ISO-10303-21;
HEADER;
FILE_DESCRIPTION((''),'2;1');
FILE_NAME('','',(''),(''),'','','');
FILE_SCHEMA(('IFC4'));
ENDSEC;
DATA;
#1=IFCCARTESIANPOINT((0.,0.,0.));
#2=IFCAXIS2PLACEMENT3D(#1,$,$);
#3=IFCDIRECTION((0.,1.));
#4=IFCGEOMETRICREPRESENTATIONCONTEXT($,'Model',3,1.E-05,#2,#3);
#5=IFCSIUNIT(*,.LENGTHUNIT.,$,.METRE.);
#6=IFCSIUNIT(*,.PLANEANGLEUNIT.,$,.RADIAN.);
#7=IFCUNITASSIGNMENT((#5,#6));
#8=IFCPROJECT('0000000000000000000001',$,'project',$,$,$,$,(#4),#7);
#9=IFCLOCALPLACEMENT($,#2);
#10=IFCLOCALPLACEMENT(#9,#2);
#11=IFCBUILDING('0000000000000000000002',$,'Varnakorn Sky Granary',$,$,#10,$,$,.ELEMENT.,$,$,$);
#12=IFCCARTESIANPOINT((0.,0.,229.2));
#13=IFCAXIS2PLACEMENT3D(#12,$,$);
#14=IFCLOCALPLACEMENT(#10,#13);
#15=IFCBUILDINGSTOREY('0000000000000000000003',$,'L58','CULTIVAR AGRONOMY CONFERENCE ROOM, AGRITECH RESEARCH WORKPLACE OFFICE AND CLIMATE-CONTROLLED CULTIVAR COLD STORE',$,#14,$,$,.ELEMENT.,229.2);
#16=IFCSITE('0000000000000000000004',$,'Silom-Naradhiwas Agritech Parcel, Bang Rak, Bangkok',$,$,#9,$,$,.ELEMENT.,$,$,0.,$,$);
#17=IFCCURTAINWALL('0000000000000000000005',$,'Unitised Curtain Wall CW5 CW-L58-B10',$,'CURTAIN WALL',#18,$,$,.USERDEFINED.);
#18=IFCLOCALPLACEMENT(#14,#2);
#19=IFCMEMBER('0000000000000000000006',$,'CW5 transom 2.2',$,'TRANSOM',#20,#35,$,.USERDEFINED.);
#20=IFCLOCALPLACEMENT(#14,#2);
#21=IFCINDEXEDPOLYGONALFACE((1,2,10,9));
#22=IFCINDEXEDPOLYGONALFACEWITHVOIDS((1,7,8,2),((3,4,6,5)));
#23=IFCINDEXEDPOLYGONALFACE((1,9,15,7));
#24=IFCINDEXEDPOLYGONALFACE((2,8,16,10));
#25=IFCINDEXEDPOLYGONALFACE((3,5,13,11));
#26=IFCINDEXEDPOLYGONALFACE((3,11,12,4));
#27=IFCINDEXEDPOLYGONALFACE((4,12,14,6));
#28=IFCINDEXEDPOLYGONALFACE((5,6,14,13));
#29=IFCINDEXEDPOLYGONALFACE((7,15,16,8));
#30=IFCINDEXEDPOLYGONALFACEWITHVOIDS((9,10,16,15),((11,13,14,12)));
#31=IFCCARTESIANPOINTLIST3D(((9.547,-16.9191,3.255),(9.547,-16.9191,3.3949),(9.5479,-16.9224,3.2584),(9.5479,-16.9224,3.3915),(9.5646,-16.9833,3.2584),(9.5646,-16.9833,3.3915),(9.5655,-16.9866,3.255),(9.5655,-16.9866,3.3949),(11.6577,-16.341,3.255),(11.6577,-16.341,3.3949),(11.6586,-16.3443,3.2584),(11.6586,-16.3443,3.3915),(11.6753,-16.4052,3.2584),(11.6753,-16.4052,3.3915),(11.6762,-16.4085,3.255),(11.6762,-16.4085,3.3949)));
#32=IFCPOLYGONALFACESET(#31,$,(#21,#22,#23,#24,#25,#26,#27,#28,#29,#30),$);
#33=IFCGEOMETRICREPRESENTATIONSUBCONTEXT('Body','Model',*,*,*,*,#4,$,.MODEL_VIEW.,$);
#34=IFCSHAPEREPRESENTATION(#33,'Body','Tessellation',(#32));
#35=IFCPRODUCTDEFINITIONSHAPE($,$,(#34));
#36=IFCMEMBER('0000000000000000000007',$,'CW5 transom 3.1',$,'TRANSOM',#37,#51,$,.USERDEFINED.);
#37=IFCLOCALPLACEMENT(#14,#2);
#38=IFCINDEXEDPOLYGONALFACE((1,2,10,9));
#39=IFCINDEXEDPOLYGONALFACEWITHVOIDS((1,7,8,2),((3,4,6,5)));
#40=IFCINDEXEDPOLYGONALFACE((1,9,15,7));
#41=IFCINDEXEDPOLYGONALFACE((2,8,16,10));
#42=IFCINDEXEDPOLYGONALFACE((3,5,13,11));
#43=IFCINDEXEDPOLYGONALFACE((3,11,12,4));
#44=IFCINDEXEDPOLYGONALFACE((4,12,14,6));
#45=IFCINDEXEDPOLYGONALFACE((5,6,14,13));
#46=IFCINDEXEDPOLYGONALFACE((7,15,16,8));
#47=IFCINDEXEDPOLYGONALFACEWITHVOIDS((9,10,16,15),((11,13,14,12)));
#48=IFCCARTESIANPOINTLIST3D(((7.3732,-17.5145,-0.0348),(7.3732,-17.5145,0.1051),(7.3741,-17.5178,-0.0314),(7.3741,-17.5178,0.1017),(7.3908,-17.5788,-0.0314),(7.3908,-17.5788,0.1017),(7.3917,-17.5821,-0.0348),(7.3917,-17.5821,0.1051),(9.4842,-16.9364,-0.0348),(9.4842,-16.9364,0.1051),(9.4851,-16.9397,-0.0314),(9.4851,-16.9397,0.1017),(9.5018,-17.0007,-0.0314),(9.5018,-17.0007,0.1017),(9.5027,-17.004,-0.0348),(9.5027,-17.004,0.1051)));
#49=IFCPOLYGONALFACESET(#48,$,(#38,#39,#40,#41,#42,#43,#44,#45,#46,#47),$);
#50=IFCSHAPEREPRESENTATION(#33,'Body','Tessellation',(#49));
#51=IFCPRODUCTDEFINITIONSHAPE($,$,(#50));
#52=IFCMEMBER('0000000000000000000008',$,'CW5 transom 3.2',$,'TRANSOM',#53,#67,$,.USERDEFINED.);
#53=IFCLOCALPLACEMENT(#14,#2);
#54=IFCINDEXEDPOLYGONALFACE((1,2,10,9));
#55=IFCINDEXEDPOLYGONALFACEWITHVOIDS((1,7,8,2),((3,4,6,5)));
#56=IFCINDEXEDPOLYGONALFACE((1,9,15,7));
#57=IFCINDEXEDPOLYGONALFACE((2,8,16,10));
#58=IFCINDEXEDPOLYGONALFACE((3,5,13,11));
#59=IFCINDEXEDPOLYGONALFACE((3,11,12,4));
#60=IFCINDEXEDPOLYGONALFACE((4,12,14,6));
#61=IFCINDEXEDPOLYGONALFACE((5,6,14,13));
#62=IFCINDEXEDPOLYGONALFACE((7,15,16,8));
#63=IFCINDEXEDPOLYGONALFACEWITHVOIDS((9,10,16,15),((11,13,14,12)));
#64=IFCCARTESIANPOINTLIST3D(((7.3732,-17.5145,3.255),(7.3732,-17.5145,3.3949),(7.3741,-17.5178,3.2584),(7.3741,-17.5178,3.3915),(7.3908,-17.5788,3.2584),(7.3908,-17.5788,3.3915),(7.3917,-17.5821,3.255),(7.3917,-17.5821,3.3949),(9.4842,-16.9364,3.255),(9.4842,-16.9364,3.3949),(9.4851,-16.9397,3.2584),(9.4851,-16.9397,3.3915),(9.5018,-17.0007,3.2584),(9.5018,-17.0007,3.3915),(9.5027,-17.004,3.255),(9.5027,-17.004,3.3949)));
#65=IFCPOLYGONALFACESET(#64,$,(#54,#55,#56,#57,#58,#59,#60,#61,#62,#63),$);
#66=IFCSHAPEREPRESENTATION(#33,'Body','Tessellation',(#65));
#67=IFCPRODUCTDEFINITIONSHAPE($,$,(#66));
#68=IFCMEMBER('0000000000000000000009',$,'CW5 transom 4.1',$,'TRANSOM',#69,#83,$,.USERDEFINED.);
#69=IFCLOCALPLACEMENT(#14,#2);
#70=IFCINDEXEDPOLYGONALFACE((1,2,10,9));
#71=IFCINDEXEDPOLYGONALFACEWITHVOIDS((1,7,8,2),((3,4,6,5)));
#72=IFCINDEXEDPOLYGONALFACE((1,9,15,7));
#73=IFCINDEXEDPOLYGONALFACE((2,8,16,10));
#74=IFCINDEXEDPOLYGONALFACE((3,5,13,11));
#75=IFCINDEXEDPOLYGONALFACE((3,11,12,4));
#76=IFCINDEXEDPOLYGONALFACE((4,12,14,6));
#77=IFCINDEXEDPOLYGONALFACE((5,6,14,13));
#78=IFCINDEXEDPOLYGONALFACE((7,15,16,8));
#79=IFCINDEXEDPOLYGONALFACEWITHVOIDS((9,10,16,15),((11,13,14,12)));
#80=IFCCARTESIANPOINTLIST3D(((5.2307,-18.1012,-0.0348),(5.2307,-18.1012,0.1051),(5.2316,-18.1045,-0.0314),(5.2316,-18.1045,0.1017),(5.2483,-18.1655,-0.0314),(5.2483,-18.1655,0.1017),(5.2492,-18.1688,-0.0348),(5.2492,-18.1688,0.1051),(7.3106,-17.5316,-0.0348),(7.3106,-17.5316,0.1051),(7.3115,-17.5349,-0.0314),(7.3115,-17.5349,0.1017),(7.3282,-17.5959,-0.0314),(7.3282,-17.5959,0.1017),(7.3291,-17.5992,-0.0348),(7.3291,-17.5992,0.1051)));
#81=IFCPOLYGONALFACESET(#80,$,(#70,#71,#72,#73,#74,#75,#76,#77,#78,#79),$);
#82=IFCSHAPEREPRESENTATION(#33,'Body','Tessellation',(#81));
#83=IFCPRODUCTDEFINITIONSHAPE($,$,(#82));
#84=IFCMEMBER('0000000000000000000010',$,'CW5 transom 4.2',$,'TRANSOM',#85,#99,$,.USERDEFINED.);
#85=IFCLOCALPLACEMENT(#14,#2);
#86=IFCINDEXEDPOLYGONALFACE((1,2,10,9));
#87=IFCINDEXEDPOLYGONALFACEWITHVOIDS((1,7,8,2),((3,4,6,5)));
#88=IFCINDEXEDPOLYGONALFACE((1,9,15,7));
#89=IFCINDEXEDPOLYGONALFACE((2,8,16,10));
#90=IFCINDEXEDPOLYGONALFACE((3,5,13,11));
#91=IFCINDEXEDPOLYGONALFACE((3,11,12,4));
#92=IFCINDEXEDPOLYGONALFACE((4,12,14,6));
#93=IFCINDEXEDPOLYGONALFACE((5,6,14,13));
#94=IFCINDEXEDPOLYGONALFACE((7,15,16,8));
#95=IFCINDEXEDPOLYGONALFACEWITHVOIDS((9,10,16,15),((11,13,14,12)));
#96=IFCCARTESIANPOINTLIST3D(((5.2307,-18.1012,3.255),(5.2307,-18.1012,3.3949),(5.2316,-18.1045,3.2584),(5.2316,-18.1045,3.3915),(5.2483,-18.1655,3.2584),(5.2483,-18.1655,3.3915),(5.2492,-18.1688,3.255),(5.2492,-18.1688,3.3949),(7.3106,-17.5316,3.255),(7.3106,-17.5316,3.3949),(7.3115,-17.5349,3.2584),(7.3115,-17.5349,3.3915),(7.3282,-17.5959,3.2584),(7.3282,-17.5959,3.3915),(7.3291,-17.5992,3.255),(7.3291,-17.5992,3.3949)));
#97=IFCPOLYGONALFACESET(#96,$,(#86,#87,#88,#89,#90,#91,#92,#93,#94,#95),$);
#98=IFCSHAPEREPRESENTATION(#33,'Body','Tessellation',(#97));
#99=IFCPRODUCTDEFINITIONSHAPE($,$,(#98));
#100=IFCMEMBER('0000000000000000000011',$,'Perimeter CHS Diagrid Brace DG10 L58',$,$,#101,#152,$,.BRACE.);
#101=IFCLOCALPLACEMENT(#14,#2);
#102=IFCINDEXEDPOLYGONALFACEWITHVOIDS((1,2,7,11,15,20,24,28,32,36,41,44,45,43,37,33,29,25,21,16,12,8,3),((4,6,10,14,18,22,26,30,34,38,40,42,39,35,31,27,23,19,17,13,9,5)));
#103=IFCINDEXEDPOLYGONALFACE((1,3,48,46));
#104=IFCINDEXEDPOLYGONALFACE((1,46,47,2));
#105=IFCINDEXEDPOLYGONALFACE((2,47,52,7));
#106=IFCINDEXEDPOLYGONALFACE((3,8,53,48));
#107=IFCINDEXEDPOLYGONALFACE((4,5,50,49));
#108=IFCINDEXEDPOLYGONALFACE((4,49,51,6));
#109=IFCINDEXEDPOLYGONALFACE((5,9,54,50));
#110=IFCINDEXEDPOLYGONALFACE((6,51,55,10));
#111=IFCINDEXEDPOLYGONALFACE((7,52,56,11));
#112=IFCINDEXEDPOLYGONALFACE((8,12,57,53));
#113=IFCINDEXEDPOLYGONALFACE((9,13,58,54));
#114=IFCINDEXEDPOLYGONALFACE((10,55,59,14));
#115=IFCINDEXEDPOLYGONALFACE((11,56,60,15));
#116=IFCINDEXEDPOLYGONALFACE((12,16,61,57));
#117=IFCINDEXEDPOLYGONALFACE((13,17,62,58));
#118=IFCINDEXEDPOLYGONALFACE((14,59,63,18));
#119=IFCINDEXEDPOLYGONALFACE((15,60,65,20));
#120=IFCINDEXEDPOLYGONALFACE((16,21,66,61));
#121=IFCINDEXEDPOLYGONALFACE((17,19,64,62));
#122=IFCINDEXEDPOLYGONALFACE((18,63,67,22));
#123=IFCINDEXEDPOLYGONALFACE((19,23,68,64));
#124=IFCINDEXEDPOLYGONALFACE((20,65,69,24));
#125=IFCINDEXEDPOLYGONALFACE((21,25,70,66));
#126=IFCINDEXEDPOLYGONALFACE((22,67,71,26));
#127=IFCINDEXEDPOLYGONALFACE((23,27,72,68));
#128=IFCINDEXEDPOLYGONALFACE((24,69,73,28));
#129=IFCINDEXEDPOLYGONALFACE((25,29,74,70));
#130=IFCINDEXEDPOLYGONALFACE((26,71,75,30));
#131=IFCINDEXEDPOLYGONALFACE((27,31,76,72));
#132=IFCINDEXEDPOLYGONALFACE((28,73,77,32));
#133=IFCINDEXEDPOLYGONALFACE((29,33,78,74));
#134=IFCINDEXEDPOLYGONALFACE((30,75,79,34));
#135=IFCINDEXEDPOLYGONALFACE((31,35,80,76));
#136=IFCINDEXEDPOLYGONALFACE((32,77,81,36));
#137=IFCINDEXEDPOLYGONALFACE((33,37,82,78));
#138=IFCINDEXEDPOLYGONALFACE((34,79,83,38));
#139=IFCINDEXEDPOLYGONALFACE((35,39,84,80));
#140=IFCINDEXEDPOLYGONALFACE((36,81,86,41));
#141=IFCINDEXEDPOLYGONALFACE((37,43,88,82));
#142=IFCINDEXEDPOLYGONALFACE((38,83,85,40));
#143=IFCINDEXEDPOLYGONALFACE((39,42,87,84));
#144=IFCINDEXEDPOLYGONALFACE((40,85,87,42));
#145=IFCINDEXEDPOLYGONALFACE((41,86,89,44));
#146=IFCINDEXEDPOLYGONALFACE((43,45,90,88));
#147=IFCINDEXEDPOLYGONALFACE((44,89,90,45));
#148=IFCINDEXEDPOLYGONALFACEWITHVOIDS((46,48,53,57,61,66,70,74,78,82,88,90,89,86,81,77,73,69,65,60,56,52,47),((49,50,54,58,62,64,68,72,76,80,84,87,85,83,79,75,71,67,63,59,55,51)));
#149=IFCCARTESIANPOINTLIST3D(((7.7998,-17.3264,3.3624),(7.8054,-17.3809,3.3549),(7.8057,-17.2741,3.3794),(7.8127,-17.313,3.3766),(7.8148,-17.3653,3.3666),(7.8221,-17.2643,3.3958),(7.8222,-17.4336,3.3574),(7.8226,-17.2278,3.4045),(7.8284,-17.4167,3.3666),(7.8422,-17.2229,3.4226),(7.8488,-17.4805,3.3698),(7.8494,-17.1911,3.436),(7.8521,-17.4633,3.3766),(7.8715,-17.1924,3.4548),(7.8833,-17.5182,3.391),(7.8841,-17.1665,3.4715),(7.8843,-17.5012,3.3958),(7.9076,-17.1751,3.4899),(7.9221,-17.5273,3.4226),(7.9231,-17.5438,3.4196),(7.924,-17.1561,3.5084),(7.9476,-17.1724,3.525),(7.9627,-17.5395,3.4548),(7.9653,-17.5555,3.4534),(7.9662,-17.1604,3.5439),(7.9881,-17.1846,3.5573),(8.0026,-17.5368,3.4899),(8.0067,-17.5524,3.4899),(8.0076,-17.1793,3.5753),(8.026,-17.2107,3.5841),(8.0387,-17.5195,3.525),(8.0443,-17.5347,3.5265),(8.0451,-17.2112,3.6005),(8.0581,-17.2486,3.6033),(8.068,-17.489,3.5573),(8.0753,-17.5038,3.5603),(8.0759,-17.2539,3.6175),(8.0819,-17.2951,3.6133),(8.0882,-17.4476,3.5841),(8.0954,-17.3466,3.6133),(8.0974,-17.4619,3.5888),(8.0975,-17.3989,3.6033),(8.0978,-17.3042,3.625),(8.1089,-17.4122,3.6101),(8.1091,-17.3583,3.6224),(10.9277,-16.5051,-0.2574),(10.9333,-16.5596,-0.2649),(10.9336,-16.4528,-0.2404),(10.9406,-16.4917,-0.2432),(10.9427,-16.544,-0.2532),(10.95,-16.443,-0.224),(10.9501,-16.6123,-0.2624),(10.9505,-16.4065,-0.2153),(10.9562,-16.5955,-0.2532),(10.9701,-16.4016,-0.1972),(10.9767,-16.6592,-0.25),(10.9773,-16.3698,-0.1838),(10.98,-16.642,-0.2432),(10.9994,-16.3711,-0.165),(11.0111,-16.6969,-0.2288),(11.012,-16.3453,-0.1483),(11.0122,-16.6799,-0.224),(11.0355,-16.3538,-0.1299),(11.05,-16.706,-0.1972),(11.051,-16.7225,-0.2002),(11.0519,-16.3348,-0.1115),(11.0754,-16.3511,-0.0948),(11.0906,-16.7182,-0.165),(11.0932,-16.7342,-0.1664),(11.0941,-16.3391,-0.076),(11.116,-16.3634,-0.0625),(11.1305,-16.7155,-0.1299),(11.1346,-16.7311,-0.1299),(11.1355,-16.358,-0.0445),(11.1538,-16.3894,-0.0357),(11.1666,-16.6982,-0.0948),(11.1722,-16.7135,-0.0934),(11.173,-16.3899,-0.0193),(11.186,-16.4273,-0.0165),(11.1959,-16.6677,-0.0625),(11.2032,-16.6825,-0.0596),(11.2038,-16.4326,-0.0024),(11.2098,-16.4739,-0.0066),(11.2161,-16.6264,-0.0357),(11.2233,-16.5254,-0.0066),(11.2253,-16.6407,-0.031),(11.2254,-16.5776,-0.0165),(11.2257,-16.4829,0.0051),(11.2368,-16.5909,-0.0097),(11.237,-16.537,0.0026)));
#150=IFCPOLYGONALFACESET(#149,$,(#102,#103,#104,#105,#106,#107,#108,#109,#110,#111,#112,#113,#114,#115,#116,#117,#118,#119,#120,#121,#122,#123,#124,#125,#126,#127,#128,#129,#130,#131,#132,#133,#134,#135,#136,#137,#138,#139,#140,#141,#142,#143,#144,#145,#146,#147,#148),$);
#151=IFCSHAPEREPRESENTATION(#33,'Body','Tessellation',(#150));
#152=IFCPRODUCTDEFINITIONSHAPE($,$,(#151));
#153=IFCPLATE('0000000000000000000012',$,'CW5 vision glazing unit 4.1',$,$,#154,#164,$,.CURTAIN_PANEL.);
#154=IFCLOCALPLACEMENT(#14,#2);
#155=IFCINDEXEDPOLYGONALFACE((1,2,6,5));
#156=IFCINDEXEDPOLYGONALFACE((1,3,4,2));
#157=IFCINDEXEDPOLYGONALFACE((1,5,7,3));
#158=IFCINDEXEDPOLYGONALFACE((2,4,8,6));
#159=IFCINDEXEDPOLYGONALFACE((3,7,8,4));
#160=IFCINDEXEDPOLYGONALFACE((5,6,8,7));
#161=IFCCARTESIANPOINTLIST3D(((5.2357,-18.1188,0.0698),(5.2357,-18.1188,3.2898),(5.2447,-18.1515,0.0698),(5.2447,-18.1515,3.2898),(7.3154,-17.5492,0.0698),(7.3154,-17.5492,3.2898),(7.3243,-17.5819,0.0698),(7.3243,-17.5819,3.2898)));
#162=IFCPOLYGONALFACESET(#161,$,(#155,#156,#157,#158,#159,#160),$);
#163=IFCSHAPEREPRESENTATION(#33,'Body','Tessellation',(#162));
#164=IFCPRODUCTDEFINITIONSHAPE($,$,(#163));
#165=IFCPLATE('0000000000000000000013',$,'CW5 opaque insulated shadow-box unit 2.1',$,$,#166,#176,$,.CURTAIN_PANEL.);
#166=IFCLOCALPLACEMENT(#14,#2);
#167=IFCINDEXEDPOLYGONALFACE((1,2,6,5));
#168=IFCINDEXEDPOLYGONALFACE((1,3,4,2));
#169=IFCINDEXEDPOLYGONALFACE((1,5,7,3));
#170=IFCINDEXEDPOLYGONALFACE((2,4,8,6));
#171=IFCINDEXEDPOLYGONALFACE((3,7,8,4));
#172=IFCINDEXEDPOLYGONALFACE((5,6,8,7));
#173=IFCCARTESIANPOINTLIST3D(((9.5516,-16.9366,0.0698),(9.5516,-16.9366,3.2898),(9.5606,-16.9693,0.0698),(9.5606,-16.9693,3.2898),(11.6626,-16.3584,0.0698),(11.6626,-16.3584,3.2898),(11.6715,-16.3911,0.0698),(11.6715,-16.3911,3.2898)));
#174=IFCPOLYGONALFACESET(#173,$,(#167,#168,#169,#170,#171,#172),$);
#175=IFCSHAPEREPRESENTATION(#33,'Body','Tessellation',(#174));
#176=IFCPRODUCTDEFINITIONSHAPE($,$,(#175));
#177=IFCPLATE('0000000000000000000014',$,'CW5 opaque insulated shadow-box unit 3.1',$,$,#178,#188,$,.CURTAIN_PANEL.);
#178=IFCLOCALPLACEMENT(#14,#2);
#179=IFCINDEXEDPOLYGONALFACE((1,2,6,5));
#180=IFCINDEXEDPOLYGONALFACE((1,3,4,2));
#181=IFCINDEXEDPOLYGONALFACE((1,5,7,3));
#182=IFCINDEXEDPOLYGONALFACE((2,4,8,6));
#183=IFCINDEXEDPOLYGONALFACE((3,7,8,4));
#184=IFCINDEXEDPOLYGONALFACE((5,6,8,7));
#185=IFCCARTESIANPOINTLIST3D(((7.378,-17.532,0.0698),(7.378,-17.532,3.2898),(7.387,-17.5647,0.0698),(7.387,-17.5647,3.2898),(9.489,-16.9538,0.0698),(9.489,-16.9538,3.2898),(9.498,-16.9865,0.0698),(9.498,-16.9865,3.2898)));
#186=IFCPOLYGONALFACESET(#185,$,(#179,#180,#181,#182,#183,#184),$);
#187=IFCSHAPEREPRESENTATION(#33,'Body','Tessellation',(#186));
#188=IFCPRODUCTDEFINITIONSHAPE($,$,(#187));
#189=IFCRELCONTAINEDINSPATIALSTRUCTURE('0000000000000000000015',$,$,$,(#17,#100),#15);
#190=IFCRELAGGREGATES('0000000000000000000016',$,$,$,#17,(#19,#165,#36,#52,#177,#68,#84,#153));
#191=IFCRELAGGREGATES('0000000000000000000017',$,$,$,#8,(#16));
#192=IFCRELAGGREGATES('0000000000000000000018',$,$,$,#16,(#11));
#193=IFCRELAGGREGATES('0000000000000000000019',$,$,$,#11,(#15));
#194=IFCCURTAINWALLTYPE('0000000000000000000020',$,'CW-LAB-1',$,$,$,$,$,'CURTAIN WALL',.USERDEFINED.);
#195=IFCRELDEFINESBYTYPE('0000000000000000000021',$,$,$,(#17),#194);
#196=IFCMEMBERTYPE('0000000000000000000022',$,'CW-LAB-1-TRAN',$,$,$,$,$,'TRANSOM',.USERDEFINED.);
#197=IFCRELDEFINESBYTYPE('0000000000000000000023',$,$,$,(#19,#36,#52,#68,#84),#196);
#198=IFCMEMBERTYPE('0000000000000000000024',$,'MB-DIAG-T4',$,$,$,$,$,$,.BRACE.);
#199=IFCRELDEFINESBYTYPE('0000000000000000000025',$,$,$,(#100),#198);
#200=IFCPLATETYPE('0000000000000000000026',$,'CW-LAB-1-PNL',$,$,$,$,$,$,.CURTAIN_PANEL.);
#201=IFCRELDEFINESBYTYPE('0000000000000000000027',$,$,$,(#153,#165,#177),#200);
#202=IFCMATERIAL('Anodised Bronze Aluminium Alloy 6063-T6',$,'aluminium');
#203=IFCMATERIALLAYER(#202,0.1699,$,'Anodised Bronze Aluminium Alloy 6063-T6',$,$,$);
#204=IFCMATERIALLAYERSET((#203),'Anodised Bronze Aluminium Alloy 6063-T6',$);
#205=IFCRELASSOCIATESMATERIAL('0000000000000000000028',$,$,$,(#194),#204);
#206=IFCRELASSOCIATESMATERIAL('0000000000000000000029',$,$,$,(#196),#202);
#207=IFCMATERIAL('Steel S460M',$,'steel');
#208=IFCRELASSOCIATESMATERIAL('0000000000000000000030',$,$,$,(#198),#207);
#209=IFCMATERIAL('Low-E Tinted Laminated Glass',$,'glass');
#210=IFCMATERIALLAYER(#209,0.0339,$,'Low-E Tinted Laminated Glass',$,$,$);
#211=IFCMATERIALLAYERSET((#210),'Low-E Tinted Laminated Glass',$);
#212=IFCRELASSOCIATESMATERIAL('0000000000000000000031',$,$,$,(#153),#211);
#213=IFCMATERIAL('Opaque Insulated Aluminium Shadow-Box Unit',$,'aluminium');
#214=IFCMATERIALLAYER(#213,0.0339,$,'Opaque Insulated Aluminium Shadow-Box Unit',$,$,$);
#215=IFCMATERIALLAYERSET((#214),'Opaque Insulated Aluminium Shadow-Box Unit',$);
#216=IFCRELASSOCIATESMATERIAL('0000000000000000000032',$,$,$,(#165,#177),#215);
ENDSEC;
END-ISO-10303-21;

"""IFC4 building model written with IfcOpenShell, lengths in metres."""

from ifc_helpers import new_model, si_unit, direction, frame, origin, origin_2d, place, context, subcontext, project, spatial, rectangle, hollow_rectangle, hollow_circle, extrude, source, transform, mapped, material, layer, layer_set, material_profile, profile_set, type_object, type_shapes, element, aggregate, save


model = new_model("IFC4")

# Units and contexts
model_context = context("Model", 3, precision=1e-05, world=origin(), true_north=direction((0.0, 1.0)))
body_context = subcontext(model_context, "Body", "Model", "MODEL_VIEW")
ifc_project = project(units=[si_unit("LENGTHUNIT", "METRE"), si_unit("PLANEANGLEUNIT", "RADIAN")], contexts=[model_context])

# Site, building, storey
site_placement = place(None, origin())
site = spatial("IfcSite", under=ifc_project, at=site_placement, Name="Silom-Naradhiwas Agritech Parcel, Bang Rak, Bangkok", CompositionType="ELEMENT", RefElevation=0.0)
building_placement = place(site_placement, origin())
building = spatial("IfcBuilding", under=site, at=building_placement, Name="Varnakorn Sky Granary", CompositionType="ELEMENT")
storey_placement = place(building_placement, frame((0.0, 0.0, 229.2)))
storey = spatial("IfcBuildingStorey", under=building, at=storey_placement, Name="L58", Description="CULTIVAR AGRONOMY CONFERENCE ROOM, AGRITECH RESEARCH WORKPLACE OFFICE AND CLIMATE-CONTROLLED CULTIVAR COLD STORE", CompositionType="ELEMENT", Elevation=229.2)

# Shared definitions
ifc_material_1 = material(Name="Steel S460M", Category="steel")

# Curtain wall, members
ifc_material_2 = material(Name="Anodised Bronze Aluminium Alloy 6063-T6", Category="aluminium")
ifc_layer_1 = layer(ifc_material_2, 0.1699, Name="Anodised Bronze Aluminium Alloy 6063-T6")
ifc_layer_set_1 = layer_set([ifc_layer_1], Name="Anodised Bronze Aluminium Alloy 6063-T6")
curtain_wall_type = type_object("IfcCurtainWallType", Name="CW-LAB-1", ElementType="CURTAIN WALL", PredefinedType="USERDEFINED", material=ifc_layer_set_1)
curtain_wall_placement = place(storey_placement, origin())
curtain_wall = element("IfcCurtainWall", 1, at=curtain_wall_placement, inside=storey, type_object=curtain_wall_type, Name="Unitised Curtain Wall CW5 CW-L58-B10", ObjectType="CURTAIN WALL", PredefinedType="USERDEFINED")
ifc_material_profile_1 = material_profile(ifc_material_2, hollow_rectangle(XDim=0.0701, YDim=0.1399, WallThickness=0.0034, at=origin_2d()), Name="ALU TRAN 70x140")
ifc_profile_set_1 = profile_set([ifc_material_profile_1], Name="Anodised Bronze Aluminium Alloy 6063-T6")
member_type_1 = type_object("IfcMemberType", Name="CW-LAB-1-TRAN", ElementType="TRANSOM", PredefinedType="USERDEFINED", material=ifc_profile_set_1)
member_1_placement = place(storey_placement, frame((11.667, -16.3748, 3.325), z_axis=(-0.96448, -0.264156, 0.0), x_axis=(0.264156, -0.96448, 0.0)))
member_1 = element("IfcMember", 2, at=member_1_placement, type_object=member_type_1, Name="CW5 transom 2.2", ObjectType="TRANSOM", PredefinedType="USERDEFINED", context=body_context, shape_type="SweptSolid", body=[
    extrude(hollow_rectangle(XDim=0.0701, YDim=0.1399, WallThickness=0.0034, at=origin_2d()), origin(), (0.0, 0.0, 1.0), 2.1885),
])
member_2_placement = place(storey_placement, frame((9.4934, -16.9702, 0.0352), z_axis=(-0.964488, -0.264127, 0.0), x_axis=(0.264127, -0.964488, 0.0)))
member_2 = element("IfcMember", 3, at=member_2_placement, type_object=member_type_1, Name="CW5 transom 3.1", ObjectType="TRANSOM", PredefinedType="USERDEFINED", context=body_context, shape_type="SweptSolid", body=[
    extrude(hollow_rectangle(XDim=0.0701, YDim=0.1399, WallThickness=0.0034, at=origin_2d()), origin(), (0.0, 0.0, 1.0), 2.1887),
])
member_3_placement = place(storey_placement, frame((9.4934, -16.9702, 3.325), z_axis=(-0.964488, -0.264127, 0.0), x_axis=(0.264127, -0.964488, 0.0)))
member_3 = element("IfcMember", 4, at=member_3_placement, type_object=member_type_1, Name="CW5 transom 3.2", ObjectType="TRANSOM", PredefinedType="USERDEFINED", context=body_context, shape_type="SweptSolid", body=[
    extrude(hollow_rectangle(XDim=0.0701, YDim=0.1399, WallThickness=0.0034, at=origin_2d()), origin(), (0.0, 0.0, 1.0), 2.1887),
])
member_4_placement = place(storey_placement, frame((7.3198, -17.5654, 0.0352), z_axis=(-0.964486, -0.264133, 0.0), x_axis=(0.264133, -0.964486, 0.0)))
member_4 = element("IfcMember", 5, at=member_4_placement, type_object=member_type_1, Name="CW5 transom 4.1", ObjectType="TRANSOM", PredefinedType="USERDEFINED", context=body_context, shape_type="SweptSolid", body=[
    extrude(hollow_rectangle(XDim=0.0701, YDim=0.1399, WallThickness=0.0034, at=origin_2d()), origin(), (0.0, 0.0, 1.0), 2.1565),
])
member_5_placement = place(storey_placement, frame((7.3198, -17.5654, 3.325), z_axis=(-0.964486, -0.264133, 0.0), x_axis=(0.264133, -0.964486, 0.0)))
member_5 = element("IfcMember", 6, at=member_5_placement, type_object=member_type_1, Name="CW5 transom 4.2", ObjectType="TRANSOM", PredefinedType="USERDEFINED", context=body_context, shape_type="SweptSolid", body=[
    extrude(hollow_rectangle(XDim=0.0701, YDim=0.1399, WallThickness=0.0034, at=origin_2d()), origin(), (0.0, 0.0, 1.0), 2.1565),
])

# Member
ifc_material_profile_2 = material_profile(ifc_material_1, hollow_circle(Radius=0.2031, WallThickness=0.0161, at=origin_2d()), Name="CHS 406.4x16")
ifc_profile_set_2 = profile_set([ifc_material_profile_2], Name="Steel S460M")
member_type_2 = type_object("IfcMemberType", Name="MB-DIAG-T4", PredefinedType="BRACE", material=ifc_profile_set_2)
member_6_placement = place(storey_placement, frame((11.083, -16.5347, -0.1299), z_axis=(-0.644394, -0.169196, 0.745741), x_axis=(0.253958, -0.967215, 0.0)))
element("IfcMember", 7, at=member_6_placement, inside=storey, type_object=member_type_2, Name="Perimeter CHS Diagrid Brace DG10 L58", PredefinedType="BRACE", context=body_context, shape_type="SweptSolid", body=[
    extrude(hollow_circle(Radius=0.2031, WallThickness=0.0161, at=origin_2d()), origin(), (0.0, 0.0, 1.0), 4.854),
])

# Plates
ifc_material_3 = material(Name="Low-E Tinted Laminated Glass", Category="glass")
ifc_layer_2 = layer(ifc_material_3, 0.0339, Name="Low-E Tinted Laminated Glass")
ifc_layer_set_2 = layer_set([ifc_layer_2], Name="Low-E Tinted Laminated Glass")
plate_type = type_object("IfcPlateType", Name="CW-LAB-1-PNL", PredefinedType="CURTAIN_PANEL")
shared_shape_1 = source(origin(), body_context, "Body", "SweptSolid", [
    extrude(rectangle(XDim=2.1562, YDim=0.0339, at=origin_2d()), origin(), (0.0, 0.0, 1.0), 3.22),
])
plate_1_placement = place(storey_placement, frame((6.28, -17.8503, 0.0698), z_axis=(0.0, 0.0, 1.0), x_axis=(-0.964476, -0.264172, 0.0)))
plate_1 = element("IfcPlate", 8, at=plate_1_placement, type_object=plate_type, material=ifc_layer_set_2, Name="CW5 vision glazing unit 4.1", PredefinedType="CURTAIN_PANEL", context=body_context, shape_type="MappedRepresentation", body=[
    mapped(shared_shape_1, transform((0.0, 0.0, 0.0), x_axis=(1.0, 0.0, 0.0), y_axis=(0.0, 1.0, 0.0), z_axis=(0.0, 0.0, 1.0), scale=1.0)),
])
ifc_material_4 = material(Name="Opaque Insulated Aluminium Shadow-Box Unit", Category="aluminium")
ifc_layer_3 = layer(ifc_material_4, 0.0339, Name="Opaque Insulated Aluminium Shadow-Box Unit")
ifc_layer_set_3 = layer_set([ifc_layer_3], Name="Opaque Insulated Aluminium Shadow-Box Unit")
shared_shape_2 = source(origin(), body_context, "Body", "SweptSolid", [
    extrude(rectangle(XDim=2.1887, YDim=0.0339, at=origin_2d()), origin(), (0.0, 0.0, 1.0), 3.22),
])
type_shapes(plate_type, [shared_shape_1, shared_shape_2])
plate_2_placement = place(storey_placement, frame((10.6116, -16.6638, 0.0698), z_axis=(0.0, 0.0, 1.0), x_axis=(-0.964476, -0.264172, 0.0)))
plate_2 = element("IfcPlate", 9, at=plate_2_placement, type_object=plate_type, material=ifc_layer_set_3, Name="CW5 opaque insulated shadow-box unit 2.1", PredefinedType="CURTAIN_PANEL", context=body_context, shape_type="MappedRepresentation", body=[
    mapped(shared_shape_2, transform((0.0, 0.0, 0.0), x_axis=(1.0, 0.0, 0.0), y_axis=(0.0, 1.0, 0.0), z_axis=(0.0, 0.0, 1.0), scale=1.0)),
])
plate_3_placement = place(storey_placement, frame((8.438, -17.2593, 0.0698), z_axis=(0.0, 0.0, 1.0), x_axis=(-0.964476, -0.264172, 0.0)))
plate_3 = element("IfcPlate", 10, at=plate_3_placement, type_object=plate_type, material=ifc_layer_set_3, Name="CW5 opaque insulated shadow-box unit 3.1", PredefinedType="CURTAIN_PANEL", context=body_context, shape_type="MappedRepresentation", body=[
    mapped(shared_shape_2, transform((0.0, 0.0, 0.0), x_axis=(1.0, 0.0, 0.0), y_axis=(0.0, 1.0, 0.0), z_axis=(0.0, 0.0, 1.0), scale=1.0)),
])
aggregate(curtain_wall, [member_1, plate_2, member_2, member_3, plate_3, member_4, member_5, plate_1])

save(model, "model.ifc")
